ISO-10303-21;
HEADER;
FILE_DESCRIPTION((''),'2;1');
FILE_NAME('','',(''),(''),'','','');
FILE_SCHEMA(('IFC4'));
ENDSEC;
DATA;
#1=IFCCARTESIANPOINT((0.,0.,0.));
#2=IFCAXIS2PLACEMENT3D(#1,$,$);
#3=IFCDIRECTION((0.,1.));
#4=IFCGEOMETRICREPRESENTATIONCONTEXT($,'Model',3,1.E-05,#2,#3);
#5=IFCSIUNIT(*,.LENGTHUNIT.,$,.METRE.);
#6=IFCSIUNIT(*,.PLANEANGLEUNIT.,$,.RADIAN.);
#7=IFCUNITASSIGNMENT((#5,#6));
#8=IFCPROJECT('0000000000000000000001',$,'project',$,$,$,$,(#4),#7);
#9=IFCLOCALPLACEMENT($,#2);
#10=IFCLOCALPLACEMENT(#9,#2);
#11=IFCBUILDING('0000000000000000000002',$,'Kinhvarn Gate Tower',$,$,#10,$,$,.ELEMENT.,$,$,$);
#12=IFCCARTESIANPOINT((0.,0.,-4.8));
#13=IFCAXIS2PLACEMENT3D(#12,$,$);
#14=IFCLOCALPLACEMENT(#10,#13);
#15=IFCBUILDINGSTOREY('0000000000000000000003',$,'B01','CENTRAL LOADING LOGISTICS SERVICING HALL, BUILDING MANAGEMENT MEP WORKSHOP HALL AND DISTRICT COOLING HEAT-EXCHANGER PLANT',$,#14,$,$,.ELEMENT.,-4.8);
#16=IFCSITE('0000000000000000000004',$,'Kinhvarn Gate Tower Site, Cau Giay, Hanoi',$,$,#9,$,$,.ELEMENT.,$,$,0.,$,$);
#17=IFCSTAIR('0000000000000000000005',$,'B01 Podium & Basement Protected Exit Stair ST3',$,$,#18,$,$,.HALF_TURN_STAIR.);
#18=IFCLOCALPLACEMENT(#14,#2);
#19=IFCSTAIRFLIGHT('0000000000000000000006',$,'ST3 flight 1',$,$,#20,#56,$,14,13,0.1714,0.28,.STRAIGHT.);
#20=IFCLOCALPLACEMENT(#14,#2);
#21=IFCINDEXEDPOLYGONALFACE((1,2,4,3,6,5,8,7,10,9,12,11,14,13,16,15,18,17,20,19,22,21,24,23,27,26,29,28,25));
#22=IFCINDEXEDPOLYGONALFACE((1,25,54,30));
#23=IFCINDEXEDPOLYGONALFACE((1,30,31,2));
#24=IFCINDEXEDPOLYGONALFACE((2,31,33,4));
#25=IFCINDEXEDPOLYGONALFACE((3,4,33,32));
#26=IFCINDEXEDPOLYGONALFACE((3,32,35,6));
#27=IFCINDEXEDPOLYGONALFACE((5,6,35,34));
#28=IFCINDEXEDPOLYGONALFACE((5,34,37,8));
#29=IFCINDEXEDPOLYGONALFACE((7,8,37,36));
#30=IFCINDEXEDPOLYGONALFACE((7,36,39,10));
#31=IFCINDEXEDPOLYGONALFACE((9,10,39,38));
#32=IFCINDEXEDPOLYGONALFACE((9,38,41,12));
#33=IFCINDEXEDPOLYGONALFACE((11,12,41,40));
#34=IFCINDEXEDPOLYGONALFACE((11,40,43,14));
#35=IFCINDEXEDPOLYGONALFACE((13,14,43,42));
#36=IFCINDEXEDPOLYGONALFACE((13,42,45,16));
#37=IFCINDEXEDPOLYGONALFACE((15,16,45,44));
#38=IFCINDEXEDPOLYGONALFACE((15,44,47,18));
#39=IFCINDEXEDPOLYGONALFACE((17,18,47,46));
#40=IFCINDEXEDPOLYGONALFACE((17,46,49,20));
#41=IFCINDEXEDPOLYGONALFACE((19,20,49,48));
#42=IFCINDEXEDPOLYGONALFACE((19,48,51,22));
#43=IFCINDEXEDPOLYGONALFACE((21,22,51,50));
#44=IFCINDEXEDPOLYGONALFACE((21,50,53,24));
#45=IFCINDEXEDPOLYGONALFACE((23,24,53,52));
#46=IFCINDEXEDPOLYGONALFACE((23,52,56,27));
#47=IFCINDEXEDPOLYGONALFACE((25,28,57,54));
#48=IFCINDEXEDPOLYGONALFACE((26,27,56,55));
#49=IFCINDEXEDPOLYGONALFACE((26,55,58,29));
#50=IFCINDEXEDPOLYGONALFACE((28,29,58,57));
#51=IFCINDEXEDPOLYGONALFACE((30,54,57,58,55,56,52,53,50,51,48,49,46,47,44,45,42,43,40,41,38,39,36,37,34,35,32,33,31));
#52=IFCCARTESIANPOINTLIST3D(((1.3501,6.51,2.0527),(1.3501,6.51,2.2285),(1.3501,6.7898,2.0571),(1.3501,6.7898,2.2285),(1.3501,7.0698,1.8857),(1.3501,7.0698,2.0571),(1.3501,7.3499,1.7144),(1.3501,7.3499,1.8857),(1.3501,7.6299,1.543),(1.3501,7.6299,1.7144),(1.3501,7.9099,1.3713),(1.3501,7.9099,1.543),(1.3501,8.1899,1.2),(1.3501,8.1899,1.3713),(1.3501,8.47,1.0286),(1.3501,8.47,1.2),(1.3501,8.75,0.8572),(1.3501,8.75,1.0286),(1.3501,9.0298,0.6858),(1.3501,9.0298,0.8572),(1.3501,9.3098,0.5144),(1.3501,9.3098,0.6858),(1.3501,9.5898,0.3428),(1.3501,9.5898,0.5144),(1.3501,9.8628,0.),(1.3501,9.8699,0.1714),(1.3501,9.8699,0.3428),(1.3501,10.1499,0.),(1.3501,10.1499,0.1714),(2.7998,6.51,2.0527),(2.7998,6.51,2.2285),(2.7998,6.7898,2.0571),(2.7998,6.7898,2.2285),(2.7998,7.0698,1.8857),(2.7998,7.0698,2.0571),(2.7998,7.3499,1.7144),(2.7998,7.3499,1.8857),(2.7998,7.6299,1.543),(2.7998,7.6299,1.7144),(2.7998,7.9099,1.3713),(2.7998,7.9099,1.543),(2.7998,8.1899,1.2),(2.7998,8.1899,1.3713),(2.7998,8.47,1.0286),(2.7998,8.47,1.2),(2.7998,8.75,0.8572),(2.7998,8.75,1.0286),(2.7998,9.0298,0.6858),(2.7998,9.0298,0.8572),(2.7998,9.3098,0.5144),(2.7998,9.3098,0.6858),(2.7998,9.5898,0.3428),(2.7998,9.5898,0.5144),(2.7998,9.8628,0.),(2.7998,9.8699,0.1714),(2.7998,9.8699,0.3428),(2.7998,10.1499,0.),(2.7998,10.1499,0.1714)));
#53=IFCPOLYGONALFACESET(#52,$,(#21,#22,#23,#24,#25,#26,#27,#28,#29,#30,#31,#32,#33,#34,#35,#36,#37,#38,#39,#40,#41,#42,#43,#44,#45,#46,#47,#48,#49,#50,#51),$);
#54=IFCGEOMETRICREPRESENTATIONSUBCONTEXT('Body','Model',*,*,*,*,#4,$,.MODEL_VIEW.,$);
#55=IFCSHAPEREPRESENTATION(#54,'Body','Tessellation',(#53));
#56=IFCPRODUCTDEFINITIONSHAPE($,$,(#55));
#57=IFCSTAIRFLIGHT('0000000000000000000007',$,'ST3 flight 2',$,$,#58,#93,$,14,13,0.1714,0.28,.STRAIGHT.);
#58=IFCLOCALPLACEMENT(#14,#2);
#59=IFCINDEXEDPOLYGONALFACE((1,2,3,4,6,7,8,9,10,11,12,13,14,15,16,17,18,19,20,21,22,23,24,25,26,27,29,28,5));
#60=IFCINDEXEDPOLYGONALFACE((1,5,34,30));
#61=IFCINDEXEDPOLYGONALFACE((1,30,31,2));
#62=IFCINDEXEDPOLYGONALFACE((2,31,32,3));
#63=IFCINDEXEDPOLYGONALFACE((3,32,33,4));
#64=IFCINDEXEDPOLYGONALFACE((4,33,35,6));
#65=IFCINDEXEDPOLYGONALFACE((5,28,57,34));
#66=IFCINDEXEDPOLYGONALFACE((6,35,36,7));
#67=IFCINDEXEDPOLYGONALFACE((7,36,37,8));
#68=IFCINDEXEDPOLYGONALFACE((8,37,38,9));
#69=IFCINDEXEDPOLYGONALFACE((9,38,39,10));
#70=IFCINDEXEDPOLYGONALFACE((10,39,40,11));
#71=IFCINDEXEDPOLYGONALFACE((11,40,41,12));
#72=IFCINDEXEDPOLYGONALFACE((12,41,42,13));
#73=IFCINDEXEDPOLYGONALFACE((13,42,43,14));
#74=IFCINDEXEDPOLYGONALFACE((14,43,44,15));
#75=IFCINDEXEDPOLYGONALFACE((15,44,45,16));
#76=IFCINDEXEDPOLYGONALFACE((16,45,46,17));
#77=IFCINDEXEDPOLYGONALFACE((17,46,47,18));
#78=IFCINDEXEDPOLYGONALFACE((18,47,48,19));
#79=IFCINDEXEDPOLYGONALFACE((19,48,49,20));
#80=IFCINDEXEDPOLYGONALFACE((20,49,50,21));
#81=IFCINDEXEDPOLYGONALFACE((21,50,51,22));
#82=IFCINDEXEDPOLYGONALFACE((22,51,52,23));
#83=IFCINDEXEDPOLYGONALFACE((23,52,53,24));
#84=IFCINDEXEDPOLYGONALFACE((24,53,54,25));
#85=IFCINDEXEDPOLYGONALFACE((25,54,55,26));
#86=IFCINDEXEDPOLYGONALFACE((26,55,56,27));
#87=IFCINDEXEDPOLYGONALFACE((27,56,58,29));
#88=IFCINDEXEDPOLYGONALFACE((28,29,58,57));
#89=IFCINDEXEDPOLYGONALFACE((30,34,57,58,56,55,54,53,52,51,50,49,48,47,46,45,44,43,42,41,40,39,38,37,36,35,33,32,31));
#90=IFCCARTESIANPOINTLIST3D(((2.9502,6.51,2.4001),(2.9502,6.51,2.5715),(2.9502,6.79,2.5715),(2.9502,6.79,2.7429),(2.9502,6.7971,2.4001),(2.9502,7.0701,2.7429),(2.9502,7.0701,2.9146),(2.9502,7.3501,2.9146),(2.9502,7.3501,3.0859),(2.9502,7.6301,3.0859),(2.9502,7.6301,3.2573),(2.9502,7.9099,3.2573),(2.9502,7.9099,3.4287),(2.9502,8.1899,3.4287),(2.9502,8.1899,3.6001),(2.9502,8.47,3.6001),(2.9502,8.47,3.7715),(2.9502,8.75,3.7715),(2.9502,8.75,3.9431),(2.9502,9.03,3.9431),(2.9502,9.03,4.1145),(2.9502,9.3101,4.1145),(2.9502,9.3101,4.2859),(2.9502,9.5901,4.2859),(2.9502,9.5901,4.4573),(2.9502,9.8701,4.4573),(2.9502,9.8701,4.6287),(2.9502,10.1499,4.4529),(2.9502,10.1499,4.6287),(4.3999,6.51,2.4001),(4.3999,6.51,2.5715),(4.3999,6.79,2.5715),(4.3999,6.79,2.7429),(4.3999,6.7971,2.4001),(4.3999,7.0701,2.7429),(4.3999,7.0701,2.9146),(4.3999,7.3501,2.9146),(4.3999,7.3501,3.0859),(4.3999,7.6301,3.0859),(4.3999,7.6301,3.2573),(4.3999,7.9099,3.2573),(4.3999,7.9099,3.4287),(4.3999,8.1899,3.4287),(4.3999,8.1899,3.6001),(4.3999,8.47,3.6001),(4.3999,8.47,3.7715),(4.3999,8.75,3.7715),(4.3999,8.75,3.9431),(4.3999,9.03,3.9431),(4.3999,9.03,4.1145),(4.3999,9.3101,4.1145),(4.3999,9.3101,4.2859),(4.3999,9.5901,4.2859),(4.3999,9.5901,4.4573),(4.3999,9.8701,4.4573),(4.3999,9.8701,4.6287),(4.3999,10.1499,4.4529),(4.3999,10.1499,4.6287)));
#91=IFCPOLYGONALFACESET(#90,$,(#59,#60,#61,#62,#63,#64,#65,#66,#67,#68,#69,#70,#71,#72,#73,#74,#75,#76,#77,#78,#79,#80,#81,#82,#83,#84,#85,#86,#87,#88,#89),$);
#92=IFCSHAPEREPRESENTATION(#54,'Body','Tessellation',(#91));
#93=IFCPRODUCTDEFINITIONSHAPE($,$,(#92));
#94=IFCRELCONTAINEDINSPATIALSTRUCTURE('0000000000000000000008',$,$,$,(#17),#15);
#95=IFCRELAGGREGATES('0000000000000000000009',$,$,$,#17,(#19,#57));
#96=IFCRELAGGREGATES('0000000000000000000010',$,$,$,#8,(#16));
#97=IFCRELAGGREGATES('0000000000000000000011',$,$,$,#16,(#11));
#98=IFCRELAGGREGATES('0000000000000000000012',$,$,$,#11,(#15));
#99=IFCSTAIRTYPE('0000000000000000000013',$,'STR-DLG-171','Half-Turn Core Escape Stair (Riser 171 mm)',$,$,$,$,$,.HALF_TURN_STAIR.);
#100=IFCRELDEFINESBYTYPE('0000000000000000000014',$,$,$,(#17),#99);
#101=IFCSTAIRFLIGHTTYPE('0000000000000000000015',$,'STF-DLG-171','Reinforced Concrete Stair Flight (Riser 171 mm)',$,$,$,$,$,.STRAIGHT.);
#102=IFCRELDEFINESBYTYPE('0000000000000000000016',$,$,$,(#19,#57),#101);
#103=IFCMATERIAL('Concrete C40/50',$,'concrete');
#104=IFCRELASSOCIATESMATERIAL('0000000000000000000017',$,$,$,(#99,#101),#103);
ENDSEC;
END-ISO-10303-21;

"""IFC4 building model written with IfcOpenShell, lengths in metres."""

from ifc_helpers import new_model, si_unit, direction, frame, origin, place, context, subcontext, project, spatial, polyline, outline, extrude, material, type_object, element, aggregate, save


model = new_model("IFC4")

# Units and contexts
model_context = context("Model", 3, precision=1e-05, world=origin(), true_north=direction((0.0, 1.0)))
body_context = subcontext(model_context, "Body", "Model", "MODEL_VIEW")
ifc_project = project(units=[si_unit("LENGTHUNIT", "METRE"), si_unit("PLANEANGLEUNIT", "RADIAN")], contexts=[model_context])

# Site, building, storey
site_placement = place(None, origin())
site = spatial("IfcSite", under=ifc_project, at=site_placement, Name="Kinhvarn Gate Tower Site, Cau Giay, Hanoi", CompositionType="ELEMENT", RefElevation=0.0)
building_placement = place(site_placement, origin())
building = spatial("IfcBuilding", under=site, at=building_placement, Name="Kinhvarn Gate Tower", CompositionType="ELEMENT")
storey_placement = place(building_placement, frame((0.0, 0.0, -4.8)))
storey = spatial("IfcBuildingStorey", under=building, at=storey_placement, Name="B01", Description="CENTRAL LOADING LOGISTICS SERVICING HALL, BUILDING MANAGEMENT MEP WORKSHOP HALL AND DISTRICT COOLING HEAT-EXCHANGER PLANT", CompositionType="ELEMENT", Elevation=-4.8)

# Shared definitions
ifc_material_1 = material(Name="Concrete C40/50", Category="concrete")

# Stair
stair_type = type_object("IfcStairType", Name="STR-DLG-171", Description="Half-Turn Core Escape Stair (Riser 171 mm)", PredefinedType="HALF_TURN_STAIR", material=ifc_material_1)
stair_1_placement = place(storey_placement, origin())
stair_1 = element("IfcStair", 1, at=stair_1_placement, inside=storey, type_object=stair_type, Name="B01 Podium & Basement Protected Exit Stair ST3", PredefinedType="HALF_TURN_STAIR")

# Stair flights
stair_flight_type = type_object("IfcStairFlightType", Name="STF-DLG-171", Description="Reinforced Concrete Stair Flight (Riser 171 mm)", PredefinedType="STRAIGHT", material=ifc_material_1)
stair_flight_1_placement = place(storey_placement, frame((2.075, 10.1499, 0.0), z_axis=(0.0, 0.0, 1.0), x_axis=(0.0, -1.0, 0.0)))
stair_flight_1 = element("IfcStairFlight", 2, at=stair_flight_1_placement, type_object=stair_flight_type, Name="ST3 flight 1", NumberOfRisers=14, NumberOfTreads=13, PredefinedType="STRAIGHT", RiserHeight=0.1714, TreadLength=0.28, context=body_context, shape_type="SweptSolid", body=[
    extrude(outline(polyline([(0.0, 0.0), (0.0, 0.1714), (0.28, 0.1714), (0.28, 0.3428), (0.5601, 0.3428), (0.5601, 0.5144), (0.8401, 0.5144), (0.8401, 0.6858), (1.1201, 0.6858), (1.1201, 0.8572), (1.3999, 0.8572), (1.3999, 1.0286), (1.6799, 1.0286), (1.6799, 1.2), (1.96, 1.2), (1.96, 1.3713), (2.24, 1.3713), (2.24, 1.543), (2.52, 1.543), (2.52, 1.7144), (2.8, 1.7144), (2.8, 1.8857), (3.0801, 1.8857), (3.0801, 2.0571), (3.3601, 2.0571), (3.3601, 2.2285), (3.6399, 2.2285), (3.6399, 2.3999), (3.6399, 2.0527), (0.2871, 0.0), (0.0, 0.0)])), frame((0.0, 0.7249, 0.0), z_axis=(0.0, -1.0, 0.0), x_axis=(1.0, 0.0, 0.0)), (0.0, 0.0, 1.0), 1.4497),
])
stair_flight_2_placement = place(storey_placement, frame((3.675, 6.51, 2.4001), z_axis=(0.0, 0.0, 1.0), x_axis=(0.0, 1.0, 0.0)))
stair_flight_2 = element("IfcStairFlight", 3, at=stair_flight_2_placement, type_object=stair_flight_type, Name="ST3 flight 2", NumberOfRisers=14, NumberOfTreads=13, PredefinedType="STRAIGHT", RiserHeight=0.1714, TreadLength=0.28, context=body_context, shape_type="SweptSolid", body=[
    extrude(outline(polyline([(0.0, 0.0), (0.0, 0.1714), (0.28, 0.1714), (0.28, 0.3428), (0.5601, 0.3428), (0.5601, 0.5144), (0.8401, 0.5144), (0.8401, 0.6858), (1.1201, 0.6858), (1.1201, 0.8572), (1.3999, 0.8572), (1.3999, 1.0286), (1.6799, 1.0286), (1.6799, 1.2), (1.96, 1.2), (1.96, 1.3713), (2.24, 1.3713), (2.24, 1.543), (2.52, 1.543), (2.52, 1.7144), (2.8, 1.7144), (2.8, 1.8857), (3.0801, 1.8857), (3.0801, 2.0571), (3.3601, 2.0571), (3.3601, 2.2285), (3.6399, 2.2285), (3.6399, 2.3999), (3.6399, 2.0527), (0.2871, 0.0), (0.0, 0.0)])), frame((0.0, 0.7249, 0.0), z_axis=(0.0, -1.0, 0.0), x_axis=(1.0, 0.0, 0.0)), (0.0, 0.0, 1.0), 1.4497),
])
aggregate(stair_1, [stair_flight_1, stair_flight_2])

save(model, "model.ifc")
